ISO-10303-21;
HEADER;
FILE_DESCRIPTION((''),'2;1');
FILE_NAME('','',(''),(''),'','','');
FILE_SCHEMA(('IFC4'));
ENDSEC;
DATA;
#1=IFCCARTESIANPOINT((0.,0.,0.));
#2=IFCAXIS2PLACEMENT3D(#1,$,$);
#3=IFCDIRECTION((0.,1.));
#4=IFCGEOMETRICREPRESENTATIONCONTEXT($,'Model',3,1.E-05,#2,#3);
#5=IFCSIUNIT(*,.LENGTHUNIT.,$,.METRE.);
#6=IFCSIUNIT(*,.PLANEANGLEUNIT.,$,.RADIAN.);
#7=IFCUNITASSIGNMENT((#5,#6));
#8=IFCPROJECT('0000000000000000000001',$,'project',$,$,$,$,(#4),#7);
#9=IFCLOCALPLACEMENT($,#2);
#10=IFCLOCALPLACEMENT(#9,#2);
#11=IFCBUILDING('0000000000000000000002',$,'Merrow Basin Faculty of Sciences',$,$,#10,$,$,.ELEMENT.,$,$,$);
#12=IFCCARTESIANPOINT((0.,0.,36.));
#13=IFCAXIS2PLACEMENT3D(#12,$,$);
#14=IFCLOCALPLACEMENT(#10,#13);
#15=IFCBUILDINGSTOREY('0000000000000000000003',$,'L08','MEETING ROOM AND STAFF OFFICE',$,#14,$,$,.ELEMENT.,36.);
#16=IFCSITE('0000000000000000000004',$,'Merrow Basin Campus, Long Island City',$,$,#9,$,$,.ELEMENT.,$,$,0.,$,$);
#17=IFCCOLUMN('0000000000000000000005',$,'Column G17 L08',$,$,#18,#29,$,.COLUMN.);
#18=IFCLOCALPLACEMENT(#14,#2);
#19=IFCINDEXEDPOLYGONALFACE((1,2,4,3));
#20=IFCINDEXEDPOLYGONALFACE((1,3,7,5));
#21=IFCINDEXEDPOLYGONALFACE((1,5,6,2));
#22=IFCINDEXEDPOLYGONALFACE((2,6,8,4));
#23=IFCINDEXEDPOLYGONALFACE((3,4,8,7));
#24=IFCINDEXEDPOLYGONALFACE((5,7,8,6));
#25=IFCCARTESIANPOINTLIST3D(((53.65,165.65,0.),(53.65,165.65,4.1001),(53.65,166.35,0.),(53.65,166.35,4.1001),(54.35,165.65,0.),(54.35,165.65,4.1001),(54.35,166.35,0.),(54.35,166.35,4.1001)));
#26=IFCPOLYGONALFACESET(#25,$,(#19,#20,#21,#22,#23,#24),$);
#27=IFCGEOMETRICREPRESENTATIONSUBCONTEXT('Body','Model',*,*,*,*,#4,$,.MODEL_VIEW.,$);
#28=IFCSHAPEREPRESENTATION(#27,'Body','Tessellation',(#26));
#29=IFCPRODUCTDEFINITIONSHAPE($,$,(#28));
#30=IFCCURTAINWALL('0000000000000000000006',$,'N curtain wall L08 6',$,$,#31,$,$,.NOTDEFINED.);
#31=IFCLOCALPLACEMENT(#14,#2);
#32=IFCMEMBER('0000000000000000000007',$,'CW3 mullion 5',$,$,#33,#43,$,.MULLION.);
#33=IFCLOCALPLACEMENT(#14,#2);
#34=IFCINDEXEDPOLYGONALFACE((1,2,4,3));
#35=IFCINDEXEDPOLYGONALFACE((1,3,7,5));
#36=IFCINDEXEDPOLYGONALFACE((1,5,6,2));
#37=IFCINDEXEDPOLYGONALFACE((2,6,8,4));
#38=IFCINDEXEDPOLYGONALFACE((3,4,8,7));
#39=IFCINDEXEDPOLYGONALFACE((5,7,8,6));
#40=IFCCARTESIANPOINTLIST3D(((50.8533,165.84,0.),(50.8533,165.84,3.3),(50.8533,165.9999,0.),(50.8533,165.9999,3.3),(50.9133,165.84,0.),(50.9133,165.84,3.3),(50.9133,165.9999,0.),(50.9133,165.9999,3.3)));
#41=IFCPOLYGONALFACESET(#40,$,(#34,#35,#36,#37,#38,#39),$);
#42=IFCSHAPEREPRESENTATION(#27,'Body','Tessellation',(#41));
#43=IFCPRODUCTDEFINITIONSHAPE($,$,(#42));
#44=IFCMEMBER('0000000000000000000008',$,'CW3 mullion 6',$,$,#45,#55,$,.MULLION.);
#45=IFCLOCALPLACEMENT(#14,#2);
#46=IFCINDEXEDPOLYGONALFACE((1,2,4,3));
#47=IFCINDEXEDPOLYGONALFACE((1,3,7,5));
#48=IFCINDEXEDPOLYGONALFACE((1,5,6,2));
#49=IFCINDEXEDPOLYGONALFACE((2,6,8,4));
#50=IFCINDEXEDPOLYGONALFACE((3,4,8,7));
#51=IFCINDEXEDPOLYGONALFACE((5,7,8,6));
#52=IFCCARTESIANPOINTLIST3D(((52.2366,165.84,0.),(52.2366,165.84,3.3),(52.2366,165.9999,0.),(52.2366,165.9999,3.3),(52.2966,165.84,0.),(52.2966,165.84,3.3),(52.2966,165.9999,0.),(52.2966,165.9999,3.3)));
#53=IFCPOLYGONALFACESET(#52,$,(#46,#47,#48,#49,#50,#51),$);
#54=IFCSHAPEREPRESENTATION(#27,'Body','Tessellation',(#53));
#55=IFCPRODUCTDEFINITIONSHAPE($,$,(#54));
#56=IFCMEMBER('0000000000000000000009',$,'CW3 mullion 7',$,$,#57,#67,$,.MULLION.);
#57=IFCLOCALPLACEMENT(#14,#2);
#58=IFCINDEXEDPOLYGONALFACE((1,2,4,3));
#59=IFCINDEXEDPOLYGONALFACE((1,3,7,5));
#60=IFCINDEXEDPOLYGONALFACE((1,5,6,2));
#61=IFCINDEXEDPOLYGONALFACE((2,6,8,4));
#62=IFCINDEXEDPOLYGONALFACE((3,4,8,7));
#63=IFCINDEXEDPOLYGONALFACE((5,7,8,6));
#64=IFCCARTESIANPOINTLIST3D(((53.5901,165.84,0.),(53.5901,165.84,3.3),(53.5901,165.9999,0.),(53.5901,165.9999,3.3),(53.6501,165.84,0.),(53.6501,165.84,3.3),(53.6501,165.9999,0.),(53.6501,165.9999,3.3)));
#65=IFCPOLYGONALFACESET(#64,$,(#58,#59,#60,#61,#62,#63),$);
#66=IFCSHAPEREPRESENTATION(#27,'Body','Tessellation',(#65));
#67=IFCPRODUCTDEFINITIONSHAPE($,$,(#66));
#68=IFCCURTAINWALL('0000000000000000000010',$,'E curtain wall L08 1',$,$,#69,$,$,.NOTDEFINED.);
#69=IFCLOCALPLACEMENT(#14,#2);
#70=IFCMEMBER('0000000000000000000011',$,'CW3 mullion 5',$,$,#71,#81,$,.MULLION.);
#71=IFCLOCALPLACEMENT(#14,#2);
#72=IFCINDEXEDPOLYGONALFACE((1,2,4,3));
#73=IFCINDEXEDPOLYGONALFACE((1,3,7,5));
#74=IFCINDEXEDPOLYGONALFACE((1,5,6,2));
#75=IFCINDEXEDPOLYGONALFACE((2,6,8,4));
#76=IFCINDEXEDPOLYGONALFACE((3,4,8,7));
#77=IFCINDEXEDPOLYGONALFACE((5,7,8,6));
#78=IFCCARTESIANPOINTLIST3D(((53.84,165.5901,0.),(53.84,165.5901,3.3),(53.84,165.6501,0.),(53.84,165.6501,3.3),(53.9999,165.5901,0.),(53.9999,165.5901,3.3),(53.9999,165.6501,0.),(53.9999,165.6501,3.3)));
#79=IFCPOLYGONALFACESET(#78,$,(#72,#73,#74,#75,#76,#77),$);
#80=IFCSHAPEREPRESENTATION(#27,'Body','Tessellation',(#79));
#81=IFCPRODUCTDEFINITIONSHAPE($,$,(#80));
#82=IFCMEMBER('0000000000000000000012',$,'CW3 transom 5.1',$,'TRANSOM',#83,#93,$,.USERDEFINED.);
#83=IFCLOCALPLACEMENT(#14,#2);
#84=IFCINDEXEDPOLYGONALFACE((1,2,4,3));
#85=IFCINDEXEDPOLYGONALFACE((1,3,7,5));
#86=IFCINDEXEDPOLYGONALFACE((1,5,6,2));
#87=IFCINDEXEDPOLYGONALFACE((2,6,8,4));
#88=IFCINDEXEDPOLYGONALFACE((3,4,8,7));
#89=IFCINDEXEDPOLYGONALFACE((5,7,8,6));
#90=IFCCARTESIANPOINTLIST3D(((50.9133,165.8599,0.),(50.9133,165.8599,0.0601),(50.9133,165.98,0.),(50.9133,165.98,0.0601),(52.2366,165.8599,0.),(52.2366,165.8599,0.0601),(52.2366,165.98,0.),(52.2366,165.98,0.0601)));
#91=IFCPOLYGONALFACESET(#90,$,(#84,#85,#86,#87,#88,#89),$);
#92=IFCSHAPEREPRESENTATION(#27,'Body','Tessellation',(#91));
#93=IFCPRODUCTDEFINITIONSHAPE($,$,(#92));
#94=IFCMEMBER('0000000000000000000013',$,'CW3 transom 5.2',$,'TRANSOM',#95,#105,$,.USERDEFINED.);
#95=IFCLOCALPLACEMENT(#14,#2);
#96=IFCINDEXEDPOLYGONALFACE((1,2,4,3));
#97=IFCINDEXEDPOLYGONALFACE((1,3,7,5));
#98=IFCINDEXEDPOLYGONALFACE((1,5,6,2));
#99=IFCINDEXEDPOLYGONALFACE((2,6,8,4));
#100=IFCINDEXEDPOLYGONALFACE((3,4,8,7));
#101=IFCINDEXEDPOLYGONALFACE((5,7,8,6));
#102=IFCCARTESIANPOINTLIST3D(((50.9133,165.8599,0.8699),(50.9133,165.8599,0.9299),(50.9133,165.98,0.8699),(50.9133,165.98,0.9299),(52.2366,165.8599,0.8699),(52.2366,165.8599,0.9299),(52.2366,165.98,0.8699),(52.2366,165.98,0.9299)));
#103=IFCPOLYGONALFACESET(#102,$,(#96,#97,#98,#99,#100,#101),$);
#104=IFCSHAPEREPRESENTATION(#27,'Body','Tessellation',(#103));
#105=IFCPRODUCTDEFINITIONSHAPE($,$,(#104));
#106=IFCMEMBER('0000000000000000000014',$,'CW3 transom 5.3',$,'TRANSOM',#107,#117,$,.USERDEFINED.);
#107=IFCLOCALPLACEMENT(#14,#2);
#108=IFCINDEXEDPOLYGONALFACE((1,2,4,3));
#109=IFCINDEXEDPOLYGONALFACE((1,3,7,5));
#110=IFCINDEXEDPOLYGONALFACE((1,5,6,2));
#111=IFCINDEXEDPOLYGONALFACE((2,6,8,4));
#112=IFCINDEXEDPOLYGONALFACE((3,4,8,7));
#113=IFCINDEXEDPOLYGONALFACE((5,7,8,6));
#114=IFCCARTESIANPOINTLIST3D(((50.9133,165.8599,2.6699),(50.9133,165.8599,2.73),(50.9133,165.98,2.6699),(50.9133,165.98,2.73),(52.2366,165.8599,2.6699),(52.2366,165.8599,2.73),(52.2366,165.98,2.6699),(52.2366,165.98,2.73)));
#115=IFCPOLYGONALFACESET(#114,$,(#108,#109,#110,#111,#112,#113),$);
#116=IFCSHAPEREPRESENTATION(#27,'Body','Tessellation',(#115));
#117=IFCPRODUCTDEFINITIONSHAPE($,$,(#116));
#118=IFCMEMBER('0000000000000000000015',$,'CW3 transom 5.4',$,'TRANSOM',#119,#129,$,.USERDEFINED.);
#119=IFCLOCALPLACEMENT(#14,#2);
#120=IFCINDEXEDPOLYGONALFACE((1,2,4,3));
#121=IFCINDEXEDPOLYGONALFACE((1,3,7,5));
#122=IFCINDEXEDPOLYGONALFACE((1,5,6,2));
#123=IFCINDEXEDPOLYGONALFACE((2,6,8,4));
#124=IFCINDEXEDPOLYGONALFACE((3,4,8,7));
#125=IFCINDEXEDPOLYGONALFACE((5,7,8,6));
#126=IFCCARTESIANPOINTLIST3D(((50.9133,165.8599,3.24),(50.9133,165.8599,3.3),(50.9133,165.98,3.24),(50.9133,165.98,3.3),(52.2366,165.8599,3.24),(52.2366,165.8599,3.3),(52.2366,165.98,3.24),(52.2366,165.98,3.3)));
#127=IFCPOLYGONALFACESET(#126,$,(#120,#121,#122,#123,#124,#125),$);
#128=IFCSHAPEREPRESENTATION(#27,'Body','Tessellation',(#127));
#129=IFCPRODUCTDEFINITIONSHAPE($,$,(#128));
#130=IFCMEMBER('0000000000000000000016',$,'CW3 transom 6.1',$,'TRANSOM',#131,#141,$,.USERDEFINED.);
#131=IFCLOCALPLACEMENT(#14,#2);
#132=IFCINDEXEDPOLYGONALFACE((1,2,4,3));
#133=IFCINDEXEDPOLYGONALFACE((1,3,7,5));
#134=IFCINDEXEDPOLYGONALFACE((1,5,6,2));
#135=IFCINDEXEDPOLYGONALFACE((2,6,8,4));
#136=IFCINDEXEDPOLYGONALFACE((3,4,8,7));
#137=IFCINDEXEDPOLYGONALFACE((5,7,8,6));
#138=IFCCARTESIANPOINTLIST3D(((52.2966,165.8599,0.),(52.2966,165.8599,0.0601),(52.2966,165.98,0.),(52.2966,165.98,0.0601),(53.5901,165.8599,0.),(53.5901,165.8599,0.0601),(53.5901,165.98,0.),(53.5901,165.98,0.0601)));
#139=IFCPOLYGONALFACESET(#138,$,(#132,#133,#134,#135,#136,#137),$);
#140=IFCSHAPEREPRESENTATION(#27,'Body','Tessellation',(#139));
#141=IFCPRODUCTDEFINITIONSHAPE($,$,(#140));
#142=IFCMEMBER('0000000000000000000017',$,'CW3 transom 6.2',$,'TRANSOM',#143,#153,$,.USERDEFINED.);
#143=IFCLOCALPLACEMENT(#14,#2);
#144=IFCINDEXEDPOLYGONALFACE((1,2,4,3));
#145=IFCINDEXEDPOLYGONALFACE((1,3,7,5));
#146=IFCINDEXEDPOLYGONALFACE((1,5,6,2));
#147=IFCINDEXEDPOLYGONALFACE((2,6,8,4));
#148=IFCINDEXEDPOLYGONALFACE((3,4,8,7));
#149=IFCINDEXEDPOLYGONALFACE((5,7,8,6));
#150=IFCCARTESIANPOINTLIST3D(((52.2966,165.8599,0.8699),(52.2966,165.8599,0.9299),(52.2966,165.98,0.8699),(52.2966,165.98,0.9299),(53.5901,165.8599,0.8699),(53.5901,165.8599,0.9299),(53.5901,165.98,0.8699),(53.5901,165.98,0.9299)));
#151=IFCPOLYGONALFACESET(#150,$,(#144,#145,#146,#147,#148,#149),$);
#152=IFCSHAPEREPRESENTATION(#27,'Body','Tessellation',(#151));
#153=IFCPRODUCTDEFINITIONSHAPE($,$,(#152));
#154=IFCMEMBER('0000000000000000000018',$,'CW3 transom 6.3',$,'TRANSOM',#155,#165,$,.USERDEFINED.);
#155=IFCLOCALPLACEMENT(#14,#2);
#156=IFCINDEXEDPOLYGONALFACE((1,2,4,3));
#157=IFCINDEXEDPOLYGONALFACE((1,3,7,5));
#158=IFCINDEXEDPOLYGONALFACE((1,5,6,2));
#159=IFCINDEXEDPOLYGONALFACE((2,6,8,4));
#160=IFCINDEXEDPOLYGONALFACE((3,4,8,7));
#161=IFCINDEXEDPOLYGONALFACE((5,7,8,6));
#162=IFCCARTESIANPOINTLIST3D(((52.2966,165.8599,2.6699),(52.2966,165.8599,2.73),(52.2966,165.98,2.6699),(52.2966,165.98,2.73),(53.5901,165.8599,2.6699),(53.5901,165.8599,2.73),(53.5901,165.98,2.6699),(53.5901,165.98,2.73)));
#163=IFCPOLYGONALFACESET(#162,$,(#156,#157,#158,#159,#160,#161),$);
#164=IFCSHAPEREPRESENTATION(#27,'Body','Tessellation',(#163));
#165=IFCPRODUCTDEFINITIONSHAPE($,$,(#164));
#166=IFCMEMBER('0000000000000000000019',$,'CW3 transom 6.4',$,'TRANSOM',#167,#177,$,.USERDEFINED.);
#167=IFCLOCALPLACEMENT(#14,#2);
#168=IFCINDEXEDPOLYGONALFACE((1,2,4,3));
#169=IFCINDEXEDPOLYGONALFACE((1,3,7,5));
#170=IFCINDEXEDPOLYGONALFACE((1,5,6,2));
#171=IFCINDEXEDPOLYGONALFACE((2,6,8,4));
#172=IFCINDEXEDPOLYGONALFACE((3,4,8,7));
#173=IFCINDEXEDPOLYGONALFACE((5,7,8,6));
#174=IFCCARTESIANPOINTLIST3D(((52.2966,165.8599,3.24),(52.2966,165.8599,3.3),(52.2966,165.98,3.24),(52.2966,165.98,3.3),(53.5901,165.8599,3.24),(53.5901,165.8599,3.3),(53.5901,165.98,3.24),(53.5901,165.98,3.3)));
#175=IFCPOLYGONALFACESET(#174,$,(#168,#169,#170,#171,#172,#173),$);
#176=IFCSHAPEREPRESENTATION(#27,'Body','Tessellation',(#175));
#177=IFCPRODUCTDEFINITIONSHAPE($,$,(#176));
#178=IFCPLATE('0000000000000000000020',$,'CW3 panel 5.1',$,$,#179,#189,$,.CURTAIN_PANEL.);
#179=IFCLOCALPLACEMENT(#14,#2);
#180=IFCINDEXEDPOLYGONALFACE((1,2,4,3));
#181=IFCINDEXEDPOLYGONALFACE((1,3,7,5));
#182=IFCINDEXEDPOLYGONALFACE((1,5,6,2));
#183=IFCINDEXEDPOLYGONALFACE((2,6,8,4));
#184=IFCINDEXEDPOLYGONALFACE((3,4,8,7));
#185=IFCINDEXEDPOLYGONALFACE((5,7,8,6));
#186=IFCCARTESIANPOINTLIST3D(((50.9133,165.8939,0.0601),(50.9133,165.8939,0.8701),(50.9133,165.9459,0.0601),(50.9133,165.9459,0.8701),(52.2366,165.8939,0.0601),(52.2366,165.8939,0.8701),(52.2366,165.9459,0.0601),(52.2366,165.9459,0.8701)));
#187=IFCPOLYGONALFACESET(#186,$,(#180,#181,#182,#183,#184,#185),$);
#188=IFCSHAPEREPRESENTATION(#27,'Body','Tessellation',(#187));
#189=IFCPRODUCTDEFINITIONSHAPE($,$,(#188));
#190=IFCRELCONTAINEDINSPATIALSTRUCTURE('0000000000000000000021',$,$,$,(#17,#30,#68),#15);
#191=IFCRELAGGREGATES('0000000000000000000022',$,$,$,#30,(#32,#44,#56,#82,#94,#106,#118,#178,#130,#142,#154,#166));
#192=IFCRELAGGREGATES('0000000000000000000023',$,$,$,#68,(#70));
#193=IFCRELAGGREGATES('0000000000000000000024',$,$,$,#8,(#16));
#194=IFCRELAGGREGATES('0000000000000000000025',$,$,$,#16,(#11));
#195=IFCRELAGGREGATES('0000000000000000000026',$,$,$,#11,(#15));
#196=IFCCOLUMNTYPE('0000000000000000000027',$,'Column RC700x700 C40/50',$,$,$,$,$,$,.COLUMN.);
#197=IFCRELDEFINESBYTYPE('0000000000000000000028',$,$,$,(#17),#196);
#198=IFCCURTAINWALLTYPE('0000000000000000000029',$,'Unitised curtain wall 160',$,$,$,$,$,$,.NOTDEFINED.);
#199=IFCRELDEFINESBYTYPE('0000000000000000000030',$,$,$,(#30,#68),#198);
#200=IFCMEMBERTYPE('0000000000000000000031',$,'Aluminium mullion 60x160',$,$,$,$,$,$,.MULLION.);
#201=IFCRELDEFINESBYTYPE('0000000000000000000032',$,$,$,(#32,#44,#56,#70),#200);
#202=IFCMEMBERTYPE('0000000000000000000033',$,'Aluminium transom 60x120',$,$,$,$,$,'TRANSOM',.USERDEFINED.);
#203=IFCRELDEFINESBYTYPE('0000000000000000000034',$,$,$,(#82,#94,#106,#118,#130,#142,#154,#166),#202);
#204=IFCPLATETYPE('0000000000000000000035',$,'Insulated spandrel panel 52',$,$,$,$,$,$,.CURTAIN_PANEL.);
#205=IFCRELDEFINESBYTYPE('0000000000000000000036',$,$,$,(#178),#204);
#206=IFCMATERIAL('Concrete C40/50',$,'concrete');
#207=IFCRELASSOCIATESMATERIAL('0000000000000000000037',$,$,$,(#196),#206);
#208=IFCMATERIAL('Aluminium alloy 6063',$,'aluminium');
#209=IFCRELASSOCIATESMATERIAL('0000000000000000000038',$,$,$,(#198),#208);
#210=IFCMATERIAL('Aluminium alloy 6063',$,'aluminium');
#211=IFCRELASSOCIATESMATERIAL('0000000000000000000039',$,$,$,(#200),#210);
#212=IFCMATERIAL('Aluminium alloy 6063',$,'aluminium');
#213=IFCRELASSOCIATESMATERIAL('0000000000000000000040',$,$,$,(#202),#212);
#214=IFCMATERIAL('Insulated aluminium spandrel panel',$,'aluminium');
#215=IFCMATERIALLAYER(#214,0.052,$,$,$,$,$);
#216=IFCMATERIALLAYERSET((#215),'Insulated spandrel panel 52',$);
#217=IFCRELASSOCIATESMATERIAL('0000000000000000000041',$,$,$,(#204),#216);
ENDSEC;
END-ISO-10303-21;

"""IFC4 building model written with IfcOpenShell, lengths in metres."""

from ifc_helpers import new_model, si_unit, direction, frame, origin, origin_2d, place, context, subcontext, project, spatial, rectangle, extrude, material, layer, layer_set, material_profile, profile_set, type_object, element, aggregate, save


model = new_model("IFC4")

# Units and contexts
model_context = context("Model", 3, precision=1e-05, world=origin(), true_north=direction((0.0, 1.0)))
body_context = subcontext(model_context, "Body", "Model", "MODEL_VIEW")
ifc_project = project(units=[si_unit("LENGTHUNIT", "METRE"), si_unit("PLANEANGLEUNIT", "RADIAN")], contexts=[model_context])

# Site, building, storey
site_placement = place(None, origin())
site = spatial("IfcSite", under=ifc_project, at=site_placement, Name="Merrow Basin Campus, Long Island City", CompositionType="ELEMENT", RefElevation=0.0)
building_placement = place(site_placement, origin())
building = spatial("IfcBuilding", under=site, at=building_placement, Name="Merrow Basin Faculty of Sciences", CompositionType="ELEMENT")
storey_placement = place(building_placement, frame((0.0, 0.0, 36.0)))
storey = spatial("IfcBuildingStorey", under=building, at=storey_placement, Name="L08", Description="MEETING ROOM AND STAFF OFFICE", CompositionType="ELEMENT", Elevation=36.0)

# Column
ifc_material_1 = material(Name="Concrete C40/50", Category="concrete")
ifc_material_profile_1 = material_profile(ifc_material_1, rectangle(XDim=0.7, YDim=0.7, at=origin_2d()))
ifc_profile_set_1 = profile_set([ifc_material_profile_1], Name="Concrete C40/50")
column_type = type_object("IfcColumnType", Name="Column RC700x700 C40/50", PredefinedType="COLUMN", material=ifc_profile_set_1)
column_placement = place(storey_placement, frame((54.0, 166.0, 0.0), z_axis=(0.0, 0.0, 1.0), x_axis=(1.0, 0.0, 0.0)))
element("IfcColumn", 1, at=column_placement, inside=storey, type_object=column_type, Name="Column G17 L08", PredefinedType="COLUMN", context=body_context, shape_type="SweptSolid", body=[
    extrude(rectangle(XDim=0.7, YDim=0.7, at=origin_2d()), origin(), (0.0, 0.0, 1.0), 4.1001),
])

# Curtain wall, members
ifc_material_2 = material(Name="Aluminium alloy 6063", Category="aluminium")
curtain_wall_type = type_object("IfcCurtainWallType", Name="Unitised curtain wall 160", PredefinedType="NOTDEFINED", material=ifc_material_2)
curtain_wall_1_placement = place(storey_placement, origin())
curtain_wall_1 = element("IfcCurtainWall", 2, at=curtain_wall_1_placement, inside=storey, type_object=curtain_wall_type, Name="N curtain wall L08 6", PredefinedType="NOTDEFINED")
ifc_material_3 = material(Name="Aluminium alloy 6063", Category="aluminium")
ifc_material_profile_2 = material_profile(ifc_material_3, rectangle(XDim=0.1599, YDim=0.0601, at=origin_2d()))
ifc_profile_set_2 = profile_set([ifc_material_profile_2], Name="Aluminium alloy 6063")
member_type_1 = type_object("IfcMemberType", Name="Aluminium mullion 60x160", PredefinedType="MULLION", material=ifc_profile_set_2)
member_1_placement = place(storey_placement, frame((50.8833, 165.9199, 0.0), z_axis=(0.0, 0.0, 1.0), x_axis=(0.0, 1.0, 0.0)))
member_1 = element("IfcMember", 3, at=member_1_placement, type_object=member_type_1, Name="CW3 mullion 5", PredefinedType="MULLION", context=body_context, shape_type="SweptSolid", body=[
    extrude(rectangle(XDim=0.1599, YDim=0.0601, at=origin_2d()), origin(), (0.0, 0.0, 1.0), 3.3),
])
member_2_placement = place(storey_placement, frame((52.2666, 165.9199, 0.0), z_axis=(0.0, 0.0, 1.0), x_axis=(0.0, 1.0, 0.0)))
member_2 = element("IfcMember", 4, at=member_2_placement, type_object=member_type_1, Name="CW3 mullion 6", PredefinedType="MULLION", context=body_context, shape_type="SweptSolid", body=[
    extrude(rectangle(XDim=0.1599, YDim=0.0601, at=origin_2d()), origin(), (0.0, 0.0, 1.0), 3.3),
])
member_3_placement = place(storey_placement, frame((53.6201, 165.9199, 0.0), z_axis=(0.0, 0.0, 1.0), x_axis=(0.0, 1.0, 0.0)))
member_3 = element("IfcMember", 5, at=member_3_placement, type_object=member_type_1, Name="CW3 mullion 7", PredefinedType="MULLION", context=body_context, shape_type="SweptSolid", body=[
    extrude(rectangle(XDim=0.1599, YDim=0.0601, at=origin_2d()), origin(), (0.0, 0.0, 1.0), 3.3),
])

# Curtain wall, member
curtain_wall_2_placement = place(storey_placement, origin())
curtain_wall_2 = element("IfcCurtainWall", 6, at=curtain_wall_2_placement, inside=storey, type_object=curtain_wall_type, Name="E curtain wall L08 1", PredefinedType="NOTDEFINED")
member_4_placement = place(storey_placement, frame((53.9199, 165.6201, 0.0), z_axis=(0.0, 0.0, 1.0), x_axis=(-1.0, 0.0, 0.0)))
member_4 = element("IfcMember", 7, at=member_4_placement, type_object=member_type_1, Name="CW3 mullion 5", PredefinedType="MULLION", context=body_context, shape_type="SweptSolid", body=[
    extrude(rectangle(XDim=0.1599, YDim=0.0601, at=origin_2d()), origin(), (0.0, 0.0, 1.0), 3.3),
])

# Members
ifc_material_4 = material(Name="Aluminium alloy 6063", Category="aluminium")
ifc_material_profile_3 = material_profile(ifc_material_4, rectangle(XDim=0.1201, YDim=0.0601, at=origin_2d()))
ifc_profile_set_3 = profile_set([ifc_material_profile_3], Name="Aluminium alloy 6063")
member_type_2 = type_object("IfcMemberType", Name="Aluminium transom 60x120", ElementType="TRANSOM", PredefinedType="USERDEFINED", material=ifc_profile_set_3)
member_5_placement = place(storey_placement, frame((50.9133, 165.9199, 0.03), z_axis=(1.0, 0.0, 0.0), x_axis=(0.0, 1.0, 0.0)))
member_5 = element("IfcMember", 8, at=member_5_placement, type_object=member_type_2, Name="CW3 transom 5.1", ObjectType="TRANSOM", PredefinedType="USERDEFINED", context=body_context, shape_type="SweptSolid", body=[
    extrude(rectangle(XDim=0.1201, YDim=0.0601, at=origin_2d()), origin(), (0.0, 0.0, 1.0), 1.3232),
])
member_6_placement = place(storey_placement, frame((50.9133, 165.9199, 0.8999), z_axis=(1.0, 0.0, 0.0), x_axis=(0.0, 1.0, 0.0)))
member_6 = element("IfcMember", 9, at=member_6_placement, type_object=member_type_2, Name="CW3 transom 5.2", ObjectType="TRANSOM", PredefinedType="USERDEFINED", context=body_context, shape_type="SweptSolid", body=[
    extrude(rectangle(XDim=0.1201, YDim=0.0601, at=origin_2d()), origin(), (0.0, 0.0, 1.0), 1.3232),
])
member_7_placement = place(storey_placement, frame((50.9133, 165.9199, 2.7), z_axis=(1.0, 0.0, 0.0), x_axis=(0.0, 1.0, 0.0)))
member_7 = element("IfcMember", 10, at=member_7_placement, type_object=member_type_2, Name="CW3 transom 5.3", ObjectType="TRANSOM", PredefinedType="USERDEFINED", context=body_context, shape_type="SweptSolid", body=[
    extrude(rectangle(XDim=0.1201, YDim=0.0601, at=origin_2d()), origin(), (0.0, 0.0, 1.0), 1.3232),
])
member_8_placement = place(storey_placement, frame((50.9133, 165.9199, 3.27), z_axis=(1.0, 0.0, 0.0), x_axis=(0.0, 1.0, 0.0)))
member_8 = element("IfcMember", 11, at=member_8_placement, type_object=member_type_2, Name="CW3 transom 5.4", ObjectType="TRANSOM", PredefinedType="USERDEFINED", context=body_context, shape_type="SweptSolid", body=[
    extrude(rectangle(XDim=0.1201, YDim=0.0601, at=origin_2d()), origin(), (0.0, 0.0, 1.0), 1.3232),
])
member_9_placement = place(storey_placement, frame((52.2966, 165.9199, 0.03), z_axis=(1.0, 0.0, 0.0), x_axis=(0.0, 1.0, 0.0)))
member_9 = element("IfcMember", 12, at=member_9_placement, type_object=member_type_2, Name="CW3 transom 6.1", ObjectType="TRANSOM", PredefinedType="USERDEFINED", context=body_context, shape_type="SweptSolid", body=[
    extrude(rectangle(XDim=0.1201, YDim=0.0601, at=origin_2d()), origin(), (0.0, 0.0, 1.0), 1.2935),
])
member_10_placement = place(storey_placement, frame((52.2966, 165.9199, 0.8999), z_axis=(1.0, 0.0, 0.0), x_axis=(0.0, 1.0, 0.0)))
member_10 = element("IfcMember", 13, at=member_10_placement, type_object=member_type_2, Name="CW3 transom 6.2", ObjectType="TRANSOM", PredefinedType="USERDEFINED", context=body_context, shape_type="SweptSolid", body=[
    extrude(rectangle(XDim=0.1201, YDim=0.0601, at=origin_2d()), origin(), (0.0, 0.0, 1.0), 1.2935),
])
member_11_placement = place(storey_placement, frame((52.2966, 165.9199, 2.7), z_axis=(1.0, 0.0, 0.0), x_axis=(0.0, 1.0, 0.0)))
member_11 = element("IfcMember", 14, at=member_11_placement, type_object=member_type_2, Name="CW3 transom 6.3", ObjectType="TRANSOM", PredefinedType="USERDEFINED", context=body_context, shape_type="SweptSolid", body=[
    extrude(rectangle(XDim=0.1201, YDim=0.0601, at=origin_2d()), origin(), (0.0, 0.0, 1.0), 1.2935),
])
member_12_placement = place(storey_placement, frame((52.2966, 165.9199, 3.27), z_axis=(1.0, 0.0, 0.0), x_axis=(0.0, 1.0, 0.0)))
member_12 = element("IfcMember", 15, at=member_12_placement, type_object=member_type_2, Name="CW3 transom 6.4", ObjectType="TRANSOM", PredefinedType="USERDEFINED", context=body_context, shape_type="SweptSolid", body=[
    extrude(rectangle(XDim=0.1201, YDim=0.0601, at=origin_2d()), origin(), (0.0, 0.0, 1.0), 1.2935),
])

# Plate
ifc_material_5 = material(Name="Insulated aluminium spandrel panel", Category="aluminium")
ifc_layer_1 = layer(ifc_material_5, 0.052)
ifc_layer_set_1 = layer_set([ifc_layer_1], Name="Insulated spandrel panel 52")
plate_type_1 = type_object("IfcPlateType", Name="Insulated spandrel panel 52", PredefinedType="CURTAIN_PANEL", material=ifc_layer_set_1)
plate_1_placement = place(storey_placement, frame((51.575, 165.9199, 0.0601), z_axis=(0.0, 0.0, 1.0), x_axis=(1.0, 0.0, 0.0)))
plate_1 = element("IfcPlate", 16, at=plate_1_placement, type_object=plate_type_1, Name="CW3 panel 5.1", PredefinedType="CURTAIN_PANEL", context=body_context, shape_type="SweptSolid", body=[
    extrude(rectangle(XDim=1.3232, YDim=0.052, at=origin_2d()), origin(), (0.0, 0.0, 1.0), 0.8101),
])
aggregate(curtain_wall_1, [member_1, member_2, member_3, member_5, member_6, member_7, member_8, plate_1, member_9, member_10, member_11, member_12])
aggregate(curtain_wall_2, [member_4])

save(model, "model.ifc")
